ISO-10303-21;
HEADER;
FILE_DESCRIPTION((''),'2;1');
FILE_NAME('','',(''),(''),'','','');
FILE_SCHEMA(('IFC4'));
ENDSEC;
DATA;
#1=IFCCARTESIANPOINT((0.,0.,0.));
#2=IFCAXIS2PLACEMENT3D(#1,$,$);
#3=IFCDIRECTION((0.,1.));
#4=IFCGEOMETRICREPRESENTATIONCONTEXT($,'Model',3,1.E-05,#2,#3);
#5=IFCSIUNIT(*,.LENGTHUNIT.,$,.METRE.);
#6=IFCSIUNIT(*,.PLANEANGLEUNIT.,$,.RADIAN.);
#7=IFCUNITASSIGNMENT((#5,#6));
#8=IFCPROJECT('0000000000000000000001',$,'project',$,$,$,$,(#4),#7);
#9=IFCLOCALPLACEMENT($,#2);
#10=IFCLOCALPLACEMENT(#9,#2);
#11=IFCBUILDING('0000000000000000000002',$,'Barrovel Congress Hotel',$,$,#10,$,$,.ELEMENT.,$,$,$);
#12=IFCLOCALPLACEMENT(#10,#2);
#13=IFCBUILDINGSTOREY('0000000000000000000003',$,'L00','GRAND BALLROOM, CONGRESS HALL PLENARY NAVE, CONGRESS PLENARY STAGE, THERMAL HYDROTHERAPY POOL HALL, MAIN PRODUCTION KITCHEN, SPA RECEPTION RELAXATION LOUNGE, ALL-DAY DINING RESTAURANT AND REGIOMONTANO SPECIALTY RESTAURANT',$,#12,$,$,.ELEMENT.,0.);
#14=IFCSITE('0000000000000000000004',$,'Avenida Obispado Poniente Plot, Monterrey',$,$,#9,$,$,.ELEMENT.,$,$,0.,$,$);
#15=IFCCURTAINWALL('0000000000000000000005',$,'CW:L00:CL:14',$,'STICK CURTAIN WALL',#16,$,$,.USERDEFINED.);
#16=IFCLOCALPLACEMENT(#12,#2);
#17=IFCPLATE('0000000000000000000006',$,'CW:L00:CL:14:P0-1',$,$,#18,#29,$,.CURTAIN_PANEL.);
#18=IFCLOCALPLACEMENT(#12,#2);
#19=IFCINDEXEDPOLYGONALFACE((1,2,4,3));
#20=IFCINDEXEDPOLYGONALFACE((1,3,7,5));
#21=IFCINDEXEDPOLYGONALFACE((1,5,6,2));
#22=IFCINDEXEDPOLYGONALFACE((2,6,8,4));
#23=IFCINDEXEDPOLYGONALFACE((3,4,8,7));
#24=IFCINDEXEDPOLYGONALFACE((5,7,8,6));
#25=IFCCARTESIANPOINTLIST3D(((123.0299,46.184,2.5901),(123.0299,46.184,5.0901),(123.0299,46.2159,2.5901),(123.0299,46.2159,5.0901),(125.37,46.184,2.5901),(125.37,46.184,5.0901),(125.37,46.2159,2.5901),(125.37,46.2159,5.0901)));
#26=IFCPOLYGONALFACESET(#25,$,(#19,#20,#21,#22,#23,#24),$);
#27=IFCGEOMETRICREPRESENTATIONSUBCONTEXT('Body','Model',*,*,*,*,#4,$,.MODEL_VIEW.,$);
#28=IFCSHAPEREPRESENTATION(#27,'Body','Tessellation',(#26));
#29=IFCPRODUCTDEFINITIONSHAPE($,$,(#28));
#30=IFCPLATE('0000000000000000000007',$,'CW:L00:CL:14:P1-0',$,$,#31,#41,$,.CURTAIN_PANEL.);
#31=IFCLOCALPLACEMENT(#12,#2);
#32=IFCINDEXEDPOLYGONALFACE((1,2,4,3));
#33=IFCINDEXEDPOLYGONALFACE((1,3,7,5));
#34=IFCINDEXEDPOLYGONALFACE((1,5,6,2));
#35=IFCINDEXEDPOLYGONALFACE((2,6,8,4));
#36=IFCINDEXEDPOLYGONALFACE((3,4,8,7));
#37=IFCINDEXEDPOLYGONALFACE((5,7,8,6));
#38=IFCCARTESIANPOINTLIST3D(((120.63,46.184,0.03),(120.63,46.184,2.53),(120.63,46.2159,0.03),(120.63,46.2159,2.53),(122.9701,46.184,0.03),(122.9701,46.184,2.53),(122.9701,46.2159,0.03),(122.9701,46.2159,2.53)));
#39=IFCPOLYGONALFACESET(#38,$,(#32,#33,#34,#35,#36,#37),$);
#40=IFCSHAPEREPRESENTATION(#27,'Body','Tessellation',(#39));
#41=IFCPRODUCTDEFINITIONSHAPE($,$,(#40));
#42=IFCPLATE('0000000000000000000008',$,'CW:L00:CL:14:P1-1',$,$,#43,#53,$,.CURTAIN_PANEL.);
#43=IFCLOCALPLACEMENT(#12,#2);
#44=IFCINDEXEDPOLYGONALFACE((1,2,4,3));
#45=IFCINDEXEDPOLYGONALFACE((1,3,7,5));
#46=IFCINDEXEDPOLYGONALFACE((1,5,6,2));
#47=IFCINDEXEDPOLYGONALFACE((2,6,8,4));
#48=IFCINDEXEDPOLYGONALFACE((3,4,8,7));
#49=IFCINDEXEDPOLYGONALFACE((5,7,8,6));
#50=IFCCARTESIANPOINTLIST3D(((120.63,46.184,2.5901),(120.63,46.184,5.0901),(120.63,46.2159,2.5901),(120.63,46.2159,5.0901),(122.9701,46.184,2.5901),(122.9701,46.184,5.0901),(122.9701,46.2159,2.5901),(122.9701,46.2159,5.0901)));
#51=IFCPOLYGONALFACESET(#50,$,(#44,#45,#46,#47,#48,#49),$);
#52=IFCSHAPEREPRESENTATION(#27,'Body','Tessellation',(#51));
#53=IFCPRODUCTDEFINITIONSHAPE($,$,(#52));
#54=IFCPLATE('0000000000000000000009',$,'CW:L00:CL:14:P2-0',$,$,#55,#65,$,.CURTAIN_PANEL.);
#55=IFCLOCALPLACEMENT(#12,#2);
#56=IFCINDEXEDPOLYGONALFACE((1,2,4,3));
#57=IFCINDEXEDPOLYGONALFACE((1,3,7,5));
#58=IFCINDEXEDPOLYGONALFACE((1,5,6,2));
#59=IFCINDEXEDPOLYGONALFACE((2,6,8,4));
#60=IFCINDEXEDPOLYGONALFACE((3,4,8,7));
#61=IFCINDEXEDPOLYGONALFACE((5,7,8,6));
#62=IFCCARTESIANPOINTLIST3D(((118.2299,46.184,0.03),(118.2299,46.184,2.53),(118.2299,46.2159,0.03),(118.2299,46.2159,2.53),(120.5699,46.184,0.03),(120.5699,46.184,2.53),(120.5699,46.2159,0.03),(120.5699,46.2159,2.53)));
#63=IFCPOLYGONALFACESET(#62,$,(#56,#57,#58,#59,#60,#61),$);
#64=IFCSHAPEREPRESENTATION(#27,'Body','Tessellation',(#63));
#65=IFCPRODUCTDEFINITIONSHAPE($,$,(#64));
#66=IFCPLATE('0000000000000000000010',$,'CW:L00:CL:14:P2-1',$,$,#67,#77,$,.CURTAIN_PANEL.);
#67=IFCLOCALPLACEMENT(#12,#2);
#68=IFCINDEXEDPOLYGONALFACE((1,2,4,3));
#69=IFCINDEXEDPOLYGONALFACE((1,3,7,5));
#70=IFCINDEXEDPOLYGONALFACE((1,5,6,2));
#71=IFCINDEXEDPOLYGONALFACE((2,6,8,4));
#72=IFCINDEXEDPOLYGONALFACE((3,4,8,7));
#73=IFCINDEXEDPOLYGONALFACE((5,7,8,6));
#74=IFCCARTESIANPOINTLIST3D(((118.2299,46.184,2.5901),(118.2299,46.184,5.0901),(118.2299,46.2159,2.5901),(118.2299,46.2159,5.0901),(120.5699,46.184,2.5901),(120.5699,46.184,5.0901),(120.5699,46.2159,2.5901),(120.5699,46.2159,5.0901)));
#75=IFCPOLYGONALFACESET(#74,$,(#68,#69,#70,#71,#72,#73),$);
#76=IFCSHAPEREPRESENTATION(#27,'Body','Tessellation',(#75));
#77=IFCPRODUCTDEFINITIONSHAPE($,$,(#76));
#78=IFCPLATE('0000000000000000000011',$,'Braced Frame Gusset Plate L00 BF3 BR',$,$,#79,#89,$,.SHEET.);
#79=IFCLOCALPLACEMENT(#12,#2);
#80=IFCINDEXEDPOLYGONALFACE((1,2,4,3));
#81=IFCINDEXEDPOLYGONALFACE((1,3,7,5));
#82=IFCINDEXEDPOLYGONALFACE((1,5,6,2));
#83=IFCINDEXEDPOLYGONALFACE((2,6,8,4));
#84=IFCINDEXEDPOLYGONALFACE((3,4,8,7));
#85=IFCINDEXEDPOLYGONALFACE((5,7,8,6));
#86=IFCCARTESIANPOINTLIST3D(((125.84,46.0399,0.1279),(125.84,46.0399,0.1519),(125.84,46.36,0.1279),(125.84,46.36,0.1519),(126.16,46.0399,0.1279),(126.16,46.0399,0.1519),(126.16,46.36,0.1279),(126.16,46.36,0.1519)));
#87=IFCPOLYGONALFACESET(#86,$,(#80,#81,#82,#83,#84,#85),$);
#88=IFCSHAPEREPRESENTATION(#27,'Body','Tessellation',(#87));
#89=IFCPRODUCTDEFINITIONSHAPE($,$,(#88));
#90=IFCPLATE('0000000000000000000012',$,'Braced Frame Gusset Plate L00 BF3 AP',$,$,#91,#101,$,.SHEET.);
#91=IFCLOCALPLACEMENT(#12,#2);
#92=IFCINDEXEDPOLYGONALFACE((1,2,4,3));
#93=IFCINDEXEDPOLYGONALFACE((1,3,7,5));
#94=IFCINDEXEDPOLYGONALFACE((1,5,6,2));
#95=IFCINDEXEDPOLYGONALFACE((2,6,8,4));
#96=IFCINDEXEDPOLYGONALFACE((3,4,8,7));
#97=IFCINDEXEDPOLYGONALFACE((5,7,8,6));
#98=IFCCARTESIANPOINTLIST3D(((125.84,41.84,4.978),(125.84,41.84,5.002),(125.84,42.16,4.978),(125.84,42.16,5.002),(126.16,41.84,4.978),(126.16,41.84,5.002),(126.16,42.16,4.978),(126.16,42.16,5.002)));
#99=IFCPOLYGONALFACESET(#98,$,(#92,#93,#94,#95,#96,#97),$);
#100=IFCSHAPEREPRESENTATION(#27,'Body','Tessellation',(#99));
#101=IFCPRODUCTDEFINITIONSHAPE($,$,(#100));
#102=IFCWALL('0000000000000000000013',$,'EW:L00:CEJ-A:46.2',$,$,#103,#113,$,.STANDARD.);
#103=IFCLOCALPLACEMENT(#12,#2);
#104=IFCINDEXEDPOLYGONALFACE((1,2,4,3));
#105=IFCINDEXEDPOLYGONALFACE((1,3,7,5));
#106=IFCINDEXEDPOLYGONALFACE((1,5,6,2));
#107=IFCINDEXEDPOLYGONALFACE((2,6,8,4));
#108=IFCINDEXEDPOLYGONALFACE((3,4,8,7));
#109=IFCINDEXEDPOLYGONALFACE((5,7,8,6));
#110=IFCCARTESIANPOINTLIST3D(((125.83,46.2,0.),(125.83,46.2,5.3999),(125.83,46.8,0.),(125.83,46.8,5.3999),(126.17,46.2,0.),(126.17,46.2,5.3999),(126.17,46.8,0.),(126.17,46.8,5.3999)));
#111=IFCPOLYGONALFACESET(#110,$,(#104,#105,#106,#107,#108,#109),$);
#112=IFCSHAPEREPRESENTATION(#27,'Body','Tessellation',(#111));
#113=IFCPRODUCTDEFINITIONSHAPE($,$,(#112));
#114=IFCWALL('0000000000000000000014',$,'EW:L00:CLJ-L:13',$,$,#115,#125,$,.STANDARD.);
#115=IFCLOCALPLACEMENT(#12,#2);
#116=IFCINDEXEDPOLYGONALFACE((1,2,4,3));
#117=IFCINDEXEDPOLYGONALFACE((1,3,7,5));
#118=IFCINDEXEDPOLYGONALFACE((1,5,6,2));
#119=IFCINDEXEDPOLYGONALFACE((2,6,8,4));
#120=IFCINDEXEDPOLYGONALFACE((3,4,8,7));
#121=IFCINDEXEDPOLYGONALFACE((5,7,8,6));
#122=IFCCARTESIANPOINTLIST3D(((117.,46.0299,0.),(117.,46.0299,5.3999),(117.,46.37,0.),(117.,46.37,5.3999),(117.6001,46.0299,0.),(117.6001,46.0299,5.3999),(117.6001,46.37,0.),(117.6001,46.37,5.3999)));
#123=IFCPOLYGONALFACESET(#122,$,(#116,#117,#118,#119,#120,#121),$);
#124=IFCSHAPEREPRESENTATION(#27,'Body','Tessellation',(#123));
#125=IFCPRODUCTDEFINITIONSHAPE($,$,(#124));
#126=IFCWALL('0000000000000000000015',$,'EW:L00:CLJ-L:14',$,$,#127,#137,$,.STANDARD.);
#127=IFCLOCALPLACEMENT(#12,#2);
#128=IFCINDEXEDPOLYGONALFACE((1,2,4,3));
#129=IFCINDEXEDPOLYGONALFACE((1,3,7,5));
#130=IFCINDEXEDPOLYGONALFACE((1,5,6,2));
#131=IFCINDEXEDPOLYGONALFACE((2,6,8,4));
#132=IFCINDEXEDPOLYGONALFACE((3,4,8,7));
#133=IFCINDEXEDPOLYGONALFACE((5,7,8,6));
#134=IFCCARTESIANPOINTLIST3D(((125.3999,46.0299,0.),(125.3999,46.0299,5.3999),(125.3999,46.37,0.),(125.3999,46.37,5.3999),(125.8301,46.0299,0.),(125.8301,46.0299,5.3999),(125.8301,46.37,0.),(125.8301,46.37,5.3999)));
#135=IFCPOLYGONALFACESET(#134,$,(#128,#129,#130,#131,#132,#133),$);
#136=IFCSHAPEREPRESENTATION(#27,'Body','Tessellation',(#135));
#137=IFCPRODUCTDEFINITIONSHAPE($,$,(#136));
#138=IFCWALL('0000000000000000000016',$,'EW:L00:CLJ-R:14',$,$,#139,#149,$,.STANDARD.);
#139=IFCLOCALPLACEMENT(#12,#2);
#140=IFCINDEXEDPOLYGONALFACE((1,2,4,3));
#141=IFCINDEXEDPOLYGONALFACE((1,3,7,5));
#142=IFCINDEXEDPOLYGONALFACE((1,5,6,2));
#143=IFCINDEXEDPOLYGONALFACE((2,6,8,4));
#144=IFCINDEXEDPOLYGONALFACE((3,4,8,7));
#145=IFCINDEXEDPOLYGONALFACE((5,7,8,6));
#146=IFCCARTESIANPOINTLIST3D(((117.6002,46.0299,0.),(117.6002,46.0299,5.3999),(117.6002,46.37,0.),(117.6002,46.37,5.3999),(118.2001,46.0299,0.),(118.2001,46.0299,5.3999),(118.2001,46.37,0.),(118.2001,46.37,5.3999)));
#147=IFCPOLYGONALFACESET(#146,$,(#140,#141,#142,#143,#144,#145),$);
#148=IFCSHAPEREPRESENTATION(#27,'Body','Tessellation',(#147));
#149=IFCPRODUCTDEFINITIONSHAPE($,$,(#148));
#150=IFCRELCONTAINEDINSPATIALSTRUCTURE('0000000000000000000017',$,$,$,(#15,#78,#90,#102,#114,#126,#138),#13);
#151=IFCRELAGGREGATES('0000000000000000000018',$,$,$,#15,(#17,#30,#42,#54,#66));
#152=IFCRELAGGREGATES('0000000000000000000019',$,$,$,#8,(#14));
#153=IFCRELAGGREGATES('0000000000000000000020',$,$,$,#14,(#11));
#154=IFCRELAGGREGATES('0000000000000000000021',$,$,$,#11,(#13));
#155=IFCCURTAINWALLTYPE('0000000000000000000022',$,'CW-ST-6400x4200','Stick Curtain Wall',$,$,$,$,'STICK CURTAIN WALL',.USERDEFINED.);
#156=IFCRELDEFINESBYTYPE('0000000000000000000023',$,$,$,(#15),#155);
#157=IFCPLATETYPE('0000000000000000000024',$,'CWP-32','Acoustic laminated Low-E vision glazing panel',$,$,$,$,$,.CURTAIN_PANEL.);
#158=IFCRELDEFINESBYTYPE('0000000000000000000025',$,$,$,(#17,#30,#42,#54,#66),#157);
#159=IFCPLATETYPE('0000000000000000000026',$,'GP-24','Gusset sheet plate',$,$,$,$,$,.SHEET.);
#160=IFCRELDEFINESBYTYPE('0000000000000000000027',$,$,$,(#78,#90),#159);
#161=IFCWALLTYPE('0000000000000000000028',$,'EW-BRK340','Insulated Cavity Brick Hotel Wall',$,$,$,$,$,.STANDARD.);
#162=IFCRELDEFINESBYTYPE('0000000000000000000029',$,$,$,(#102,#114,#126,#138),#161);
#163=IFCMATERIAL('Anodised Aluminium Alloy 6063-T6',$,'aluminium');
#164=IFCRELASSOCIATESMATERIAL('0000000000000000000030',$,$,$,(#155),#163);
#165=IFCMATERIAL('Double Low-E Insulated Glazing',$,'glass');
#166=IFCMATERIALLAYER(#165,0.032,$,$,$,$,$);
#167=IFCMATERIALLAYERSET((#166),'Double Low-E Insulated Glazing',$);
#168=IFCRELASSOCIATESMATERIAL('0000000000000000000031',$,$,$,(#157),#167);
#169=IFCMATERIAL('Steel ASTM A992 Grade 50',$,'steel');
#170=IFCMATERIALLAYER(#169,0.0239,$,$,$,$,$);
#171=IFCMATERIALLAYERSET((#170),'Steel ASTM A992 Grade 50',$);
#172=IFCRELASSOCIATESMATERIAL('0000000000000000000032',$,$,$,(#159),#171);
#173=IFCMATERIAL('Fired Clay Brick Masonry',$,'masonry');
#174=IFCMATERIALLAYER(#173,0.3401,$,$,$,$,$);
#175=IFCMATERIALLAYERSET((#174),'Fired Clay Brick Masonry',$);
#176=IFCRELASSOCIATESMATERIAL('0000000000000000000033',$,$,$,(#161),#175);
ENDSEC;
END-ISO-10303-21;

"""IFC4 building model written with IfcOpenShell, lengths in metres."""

from ifc_helpers import new_model, si_unit, direction, frame, frame_2d, origin, origin_2d, place, context, subcontext, project, spatial, rectangle, extrude, material, layer, layer_set, type_object, element, aggregate, save


model = new_model("IFC4")

# Units and contexts
model_context = context("Model", 3, precision=1e-05, world=origin(), true_north=direction((0.0, 1.0)))
body_context = subcontext(model_context, "Body", "Model", "MODEL_VIEW")
ifc_project = project(units=[si_unit("LENGTHUNIT", "METRE"), si_unit("PLANEANGLEUNIT", "RADIAN")], contexts=[model_context])

# Site, building, storey
site_placement = place(None, origin())
site = spatial("IfcSite", under=ifc_project, at=site_placement, Name="Avenida Obispado Poniente Plot, Monterrey", CompositionType="ELEMENT", RefElevation=0.0)
building_placement = place(site_placement, origin())
building = spatial("IfcBuilding", under=site, at=building_placement, Name="Barrovel Congress Hotel", CompositionType="ELEMENT")
storey_placement = place(building_placement, origin())
storey = spatial("IfcBuildingStorey", under=building, at=storey_placement, Name="L00", Description="GRAND BALLROOM, CONGRESS HALL PLENARY NAVE, CONGRESS PLENARY STAGE, THERMAL HYDROTHERAPY POOL HALL, MAIN PRODUCTION KITCHEN, SPA RECEPTION RELAXATION LOUNGE, ALL-DAY DINING RESTAURANT AND REGIOMONTANO SPECIALTY RESTAURANT", CompositionType="ELEMENT", Elevation=0.0)

# Curtain wall
ifc_material_1 = material(Name="Anodised Aluminium Alloy 6063-T6", Category="aluminium")
curtain_wall_type_1 = type_object("IfcCurtainWallType", Name="CW-ST-6400x4200", Description="Stick Curtain Wall", ElementType="STICK CURTAIN WALL", PredefinedType="USERDEFINED", material=ifc_material_1)
curtain_wall_1_placement = place(storey_placement, origin())
curtain_wall_1 = element("IfcCurtainWall", 1, at=curtain_wall_1_placement, inside=storey, type_object=curtain_wall_type_1, Name="CW:L00:CL:14", ObjectType="STICK CURTAIN WALL", PredefinedType="USERDEFINED")

# Shared definitions
ifc_material_2 = material(Name="Steel ASTM A992 Grade 50", Category="steel")

# Plates
ifc_material_3 = material(Name="Double Low-E Insulated Glazing", Category="glass")
ifc_layer_1 = layer(ifc_material_3, 0.032)
ifc_layer_set_1 = layer_set([ifc_layer_1], Name="Double Low-E Insulated Glazing")
plate_type_1 = type_object("IfcPlateType", Name="CWP-32", Description="Acoustic laminated Low-E vision glazing panel", PredefinedType="CURTAIN_PANEL", material=ifc_layer_set_1)
plate_1_placement = place(storey_placement, frame((124.2, 46.2, 2.5901), z_axis=(0.0, 0.0, 1.0), x_axis=(-1.0, 0.0, 0.0)))
plate_1 = element("IfcPlate", 2, at=plate_1_placement, type_object=plate_type_1, Name="CW:L00:CL:14:P0-1", PredefinedType="CURTAIN_PANEL", context=body_context, shape_type="SweptSolid", body=[
    extrude(rectangle(XDim=2.3401, YDim=0.032, at=origin_2d()), origin(), (0.0, 0.0, 1.0), 2.5),
])
plate_2_placement = place(storey_placement, frame((121.8, 46.2, 0.03), z_axis=(0.0, 0.0, 1.0), x_axis=(-1.0, 0.0, 0.0)))
plate_2 = element("IfcPlate", 3, at=plate_2_placement, type_object=plate_type_1, Name="CW:L00:CL:14:P1-0", PredefinedType="CURTAIN_PANEL", context=body_context, shape_type="SweptSolid", body=[
    extrude(rectangle(XDim=2.3401, YDim=0.032, at=origin_2d()), origin(), (0.0, 0.0, 1.0), 2.5),
])
plate_3_placement = place(storey_placement, frame((121.8, 46.2, 2.5901), z_axis=(0.0, 0.0, 1.0), x_axis=(-1.0, 0.0, 0.0)))
plate_3 = element("IfcPlate", 4, at=plate_3_placement, type_object=plate_type_1, Name="CW:L00:CL:14:P1-1", PredefinedType="CURTAIN_PANEL", context=body_context, shape_type="SweptSolid", body=[
    extrude(rectangle(XDim=2.3401, YDim=0.032, at=origin_2d()), origin(), (0.0, 0.0, 1.0), 2.5),
])
plate_4_placement = place(storey_placement, frame((119.3999, 46.2, 0.03), z_axis=(0.0, 0.0, 1.0), x_axis=(-1.0, 0.0, 0.0)))
plate_4 = element("IfcPlate", 5, at=plate_4_placement, type_object=plate_type_1, Name="CW:L00:CL:14:P2-0", PredefinedType="CURTAIN_PANEL", context=body_context, shape_type="SweptSolid", body=[
    extrude(rectangle(XDim=2.3401, YDim=0.032, at=origin_2d()), origin(), (0.0, 0.0, 1.0), 2.5),
])
plate_5_placement = place(storey_placement, frame((119.3999, 46.2, 2.5901), z_axis=(0.0, 0.0, 1.0), x_axis=(-1.0, 0.0, 0.0)))
plate_5 = element("IfcPlate", 6, at=plate_5_placement, type_object=plate_type_1, Name="CW:L00:CL:14:P2-1", PredefinedType="CURTAIN_PANEL", context=body_context, shape_type="SweptSolid", body=[
    extrude(rectangle(XDim=2.3401, YDim=0.032, at=origin_2d()), origin(), (0.0, 0.0, 1.0), 2.5),
])
aggregate(curtain_wall_1, [plate_1, plate_2, plate_3, plate_4, plate_5])

# Plates
ifc_layer_2 = layer(ifc_material_2, 0.0239)
ifc_layer_set_2 = layer_set([ifc_layer_2], Name="Steel ASTM A992 Grade 50")
plate_type_2 = type_object("IfcPlateType", Name="GP-24", Description="Gusset sheet plate", PredefinedType="SHEET", material=ifc_layer_set_2)
for number, where, z_axis, x_axis, name in (
    (7, (126.0, 46.2, 0.1279), (0.0, 0.0, 1.0), (1.0, 0.0, 0.0), "Braced Frame Gusset Plate L00 BF3 BR"),
    (8, (126.0, 42.0, 4.978), (0.0, 0.0, 1.0), (1.0, 0.0, 0.0), "Braced Frame Gusset Plate L00 BF3 AP"),
):
    element("IfcPlate", number, at=place(storey_placement, frame(where, z_axis=z_axis, x_axis=x_axis)), inside=storey, type_object=plate_type_2, Name=name, PredefinedType="SHEET", context=body_context, shape_type="SweptSolid", body=[
        extrude(rectangle(XDim=0.3201, YDim=0.3201, at=origin_2d()), origin(), (0.0, 0.0, 1.0), 0.0239),
    ])

# Walls
ifc_material_4 = material(Name="Fired Clay Brick Masonry", Category="masonry")
ifc_layer_3 = layer(ifc_material_4, 0.3401)
ifc_layer_set_3 = layer_set([ifc_layer_3], Name="Fired Clay Brick Masonry")
wall_type = type_object("IfcWallType", Name="EW-BRK340", Description="Insulated Cavity Brick Hotel Wall", PredefinedType="STANDARD", material=ifc_layer_set_3)
for number, where, z_axis, x_axis, name in (
    (9, (126.0, 46.8, 0.0), (0.0, 0.0, 1.0), (0.0, -1.0, 0.0), "EW:L00:CEJ-A:46.2"),
    (10, (117.6001, 46.2, 0.0), (0.0, 0.0, 1.0), (-1.0, 0.0, 0.0), "EW:L00:CLJ-L:13"),
):
    element("IfcWall", number, at=place(storey_placement, frame(where, z_axis=z_axis, x_axis=x_axis)), inside=storey, type_object=wall_type, Name=name, PredefinedType="STANDARD", context=body_context, shape_type="SweptSolid", body=[
        extrude(rectangle(XDim=0.6001, YDim=0.3401, at=frame_2d((0.3, 0.0))), origin(), (0.0, 0.0, 1.0), 5.3999),
    ])
wall_1_placement = place(storey_placement, frame((125.8301, 46.2, 0.0), z_axis=(0.0, 0.0, 1.0), x_axis=(-1.0, 0.0, 0.0)))
element("IfcWall", 11, at=wall_1_placement, inside=storey, type_object=wall_type, Name="EW:L00:CLJ-L:14", PredefinedType="STANDARD", context=body_context, shape_type="SweptSolid", body=[
    extrude(rectangle(XDim=0.4302, YDim=0.3401, at=frame_2d((0.2151, 0.0))), origin(), (0.0, 0.0, 1.0), 5.3999),
])
wall_2_placement = place(storey_placement, frame((118.2, 46.2, 0.0), z_axis=(0.0, 0.0, 1.0), x_axis=(-1.0, 0.0, 0.0)))
element("IfcWall", 12, at=wall_2_placement, inside=storey, type_object=wall_type, Name="EW:L00:CLJ-R:14", PredefinedType="STANDARD", context=body_context, shape_type="SweptSolid", body=[
    extrude(rectangle(XDim=0.5999, YDim=0.3401, at=frame_2d((0.2998, 0.0))), origin(), (0.0, 0.0, 1.0), 5.3999),
])

save(model, "model.ifc")
